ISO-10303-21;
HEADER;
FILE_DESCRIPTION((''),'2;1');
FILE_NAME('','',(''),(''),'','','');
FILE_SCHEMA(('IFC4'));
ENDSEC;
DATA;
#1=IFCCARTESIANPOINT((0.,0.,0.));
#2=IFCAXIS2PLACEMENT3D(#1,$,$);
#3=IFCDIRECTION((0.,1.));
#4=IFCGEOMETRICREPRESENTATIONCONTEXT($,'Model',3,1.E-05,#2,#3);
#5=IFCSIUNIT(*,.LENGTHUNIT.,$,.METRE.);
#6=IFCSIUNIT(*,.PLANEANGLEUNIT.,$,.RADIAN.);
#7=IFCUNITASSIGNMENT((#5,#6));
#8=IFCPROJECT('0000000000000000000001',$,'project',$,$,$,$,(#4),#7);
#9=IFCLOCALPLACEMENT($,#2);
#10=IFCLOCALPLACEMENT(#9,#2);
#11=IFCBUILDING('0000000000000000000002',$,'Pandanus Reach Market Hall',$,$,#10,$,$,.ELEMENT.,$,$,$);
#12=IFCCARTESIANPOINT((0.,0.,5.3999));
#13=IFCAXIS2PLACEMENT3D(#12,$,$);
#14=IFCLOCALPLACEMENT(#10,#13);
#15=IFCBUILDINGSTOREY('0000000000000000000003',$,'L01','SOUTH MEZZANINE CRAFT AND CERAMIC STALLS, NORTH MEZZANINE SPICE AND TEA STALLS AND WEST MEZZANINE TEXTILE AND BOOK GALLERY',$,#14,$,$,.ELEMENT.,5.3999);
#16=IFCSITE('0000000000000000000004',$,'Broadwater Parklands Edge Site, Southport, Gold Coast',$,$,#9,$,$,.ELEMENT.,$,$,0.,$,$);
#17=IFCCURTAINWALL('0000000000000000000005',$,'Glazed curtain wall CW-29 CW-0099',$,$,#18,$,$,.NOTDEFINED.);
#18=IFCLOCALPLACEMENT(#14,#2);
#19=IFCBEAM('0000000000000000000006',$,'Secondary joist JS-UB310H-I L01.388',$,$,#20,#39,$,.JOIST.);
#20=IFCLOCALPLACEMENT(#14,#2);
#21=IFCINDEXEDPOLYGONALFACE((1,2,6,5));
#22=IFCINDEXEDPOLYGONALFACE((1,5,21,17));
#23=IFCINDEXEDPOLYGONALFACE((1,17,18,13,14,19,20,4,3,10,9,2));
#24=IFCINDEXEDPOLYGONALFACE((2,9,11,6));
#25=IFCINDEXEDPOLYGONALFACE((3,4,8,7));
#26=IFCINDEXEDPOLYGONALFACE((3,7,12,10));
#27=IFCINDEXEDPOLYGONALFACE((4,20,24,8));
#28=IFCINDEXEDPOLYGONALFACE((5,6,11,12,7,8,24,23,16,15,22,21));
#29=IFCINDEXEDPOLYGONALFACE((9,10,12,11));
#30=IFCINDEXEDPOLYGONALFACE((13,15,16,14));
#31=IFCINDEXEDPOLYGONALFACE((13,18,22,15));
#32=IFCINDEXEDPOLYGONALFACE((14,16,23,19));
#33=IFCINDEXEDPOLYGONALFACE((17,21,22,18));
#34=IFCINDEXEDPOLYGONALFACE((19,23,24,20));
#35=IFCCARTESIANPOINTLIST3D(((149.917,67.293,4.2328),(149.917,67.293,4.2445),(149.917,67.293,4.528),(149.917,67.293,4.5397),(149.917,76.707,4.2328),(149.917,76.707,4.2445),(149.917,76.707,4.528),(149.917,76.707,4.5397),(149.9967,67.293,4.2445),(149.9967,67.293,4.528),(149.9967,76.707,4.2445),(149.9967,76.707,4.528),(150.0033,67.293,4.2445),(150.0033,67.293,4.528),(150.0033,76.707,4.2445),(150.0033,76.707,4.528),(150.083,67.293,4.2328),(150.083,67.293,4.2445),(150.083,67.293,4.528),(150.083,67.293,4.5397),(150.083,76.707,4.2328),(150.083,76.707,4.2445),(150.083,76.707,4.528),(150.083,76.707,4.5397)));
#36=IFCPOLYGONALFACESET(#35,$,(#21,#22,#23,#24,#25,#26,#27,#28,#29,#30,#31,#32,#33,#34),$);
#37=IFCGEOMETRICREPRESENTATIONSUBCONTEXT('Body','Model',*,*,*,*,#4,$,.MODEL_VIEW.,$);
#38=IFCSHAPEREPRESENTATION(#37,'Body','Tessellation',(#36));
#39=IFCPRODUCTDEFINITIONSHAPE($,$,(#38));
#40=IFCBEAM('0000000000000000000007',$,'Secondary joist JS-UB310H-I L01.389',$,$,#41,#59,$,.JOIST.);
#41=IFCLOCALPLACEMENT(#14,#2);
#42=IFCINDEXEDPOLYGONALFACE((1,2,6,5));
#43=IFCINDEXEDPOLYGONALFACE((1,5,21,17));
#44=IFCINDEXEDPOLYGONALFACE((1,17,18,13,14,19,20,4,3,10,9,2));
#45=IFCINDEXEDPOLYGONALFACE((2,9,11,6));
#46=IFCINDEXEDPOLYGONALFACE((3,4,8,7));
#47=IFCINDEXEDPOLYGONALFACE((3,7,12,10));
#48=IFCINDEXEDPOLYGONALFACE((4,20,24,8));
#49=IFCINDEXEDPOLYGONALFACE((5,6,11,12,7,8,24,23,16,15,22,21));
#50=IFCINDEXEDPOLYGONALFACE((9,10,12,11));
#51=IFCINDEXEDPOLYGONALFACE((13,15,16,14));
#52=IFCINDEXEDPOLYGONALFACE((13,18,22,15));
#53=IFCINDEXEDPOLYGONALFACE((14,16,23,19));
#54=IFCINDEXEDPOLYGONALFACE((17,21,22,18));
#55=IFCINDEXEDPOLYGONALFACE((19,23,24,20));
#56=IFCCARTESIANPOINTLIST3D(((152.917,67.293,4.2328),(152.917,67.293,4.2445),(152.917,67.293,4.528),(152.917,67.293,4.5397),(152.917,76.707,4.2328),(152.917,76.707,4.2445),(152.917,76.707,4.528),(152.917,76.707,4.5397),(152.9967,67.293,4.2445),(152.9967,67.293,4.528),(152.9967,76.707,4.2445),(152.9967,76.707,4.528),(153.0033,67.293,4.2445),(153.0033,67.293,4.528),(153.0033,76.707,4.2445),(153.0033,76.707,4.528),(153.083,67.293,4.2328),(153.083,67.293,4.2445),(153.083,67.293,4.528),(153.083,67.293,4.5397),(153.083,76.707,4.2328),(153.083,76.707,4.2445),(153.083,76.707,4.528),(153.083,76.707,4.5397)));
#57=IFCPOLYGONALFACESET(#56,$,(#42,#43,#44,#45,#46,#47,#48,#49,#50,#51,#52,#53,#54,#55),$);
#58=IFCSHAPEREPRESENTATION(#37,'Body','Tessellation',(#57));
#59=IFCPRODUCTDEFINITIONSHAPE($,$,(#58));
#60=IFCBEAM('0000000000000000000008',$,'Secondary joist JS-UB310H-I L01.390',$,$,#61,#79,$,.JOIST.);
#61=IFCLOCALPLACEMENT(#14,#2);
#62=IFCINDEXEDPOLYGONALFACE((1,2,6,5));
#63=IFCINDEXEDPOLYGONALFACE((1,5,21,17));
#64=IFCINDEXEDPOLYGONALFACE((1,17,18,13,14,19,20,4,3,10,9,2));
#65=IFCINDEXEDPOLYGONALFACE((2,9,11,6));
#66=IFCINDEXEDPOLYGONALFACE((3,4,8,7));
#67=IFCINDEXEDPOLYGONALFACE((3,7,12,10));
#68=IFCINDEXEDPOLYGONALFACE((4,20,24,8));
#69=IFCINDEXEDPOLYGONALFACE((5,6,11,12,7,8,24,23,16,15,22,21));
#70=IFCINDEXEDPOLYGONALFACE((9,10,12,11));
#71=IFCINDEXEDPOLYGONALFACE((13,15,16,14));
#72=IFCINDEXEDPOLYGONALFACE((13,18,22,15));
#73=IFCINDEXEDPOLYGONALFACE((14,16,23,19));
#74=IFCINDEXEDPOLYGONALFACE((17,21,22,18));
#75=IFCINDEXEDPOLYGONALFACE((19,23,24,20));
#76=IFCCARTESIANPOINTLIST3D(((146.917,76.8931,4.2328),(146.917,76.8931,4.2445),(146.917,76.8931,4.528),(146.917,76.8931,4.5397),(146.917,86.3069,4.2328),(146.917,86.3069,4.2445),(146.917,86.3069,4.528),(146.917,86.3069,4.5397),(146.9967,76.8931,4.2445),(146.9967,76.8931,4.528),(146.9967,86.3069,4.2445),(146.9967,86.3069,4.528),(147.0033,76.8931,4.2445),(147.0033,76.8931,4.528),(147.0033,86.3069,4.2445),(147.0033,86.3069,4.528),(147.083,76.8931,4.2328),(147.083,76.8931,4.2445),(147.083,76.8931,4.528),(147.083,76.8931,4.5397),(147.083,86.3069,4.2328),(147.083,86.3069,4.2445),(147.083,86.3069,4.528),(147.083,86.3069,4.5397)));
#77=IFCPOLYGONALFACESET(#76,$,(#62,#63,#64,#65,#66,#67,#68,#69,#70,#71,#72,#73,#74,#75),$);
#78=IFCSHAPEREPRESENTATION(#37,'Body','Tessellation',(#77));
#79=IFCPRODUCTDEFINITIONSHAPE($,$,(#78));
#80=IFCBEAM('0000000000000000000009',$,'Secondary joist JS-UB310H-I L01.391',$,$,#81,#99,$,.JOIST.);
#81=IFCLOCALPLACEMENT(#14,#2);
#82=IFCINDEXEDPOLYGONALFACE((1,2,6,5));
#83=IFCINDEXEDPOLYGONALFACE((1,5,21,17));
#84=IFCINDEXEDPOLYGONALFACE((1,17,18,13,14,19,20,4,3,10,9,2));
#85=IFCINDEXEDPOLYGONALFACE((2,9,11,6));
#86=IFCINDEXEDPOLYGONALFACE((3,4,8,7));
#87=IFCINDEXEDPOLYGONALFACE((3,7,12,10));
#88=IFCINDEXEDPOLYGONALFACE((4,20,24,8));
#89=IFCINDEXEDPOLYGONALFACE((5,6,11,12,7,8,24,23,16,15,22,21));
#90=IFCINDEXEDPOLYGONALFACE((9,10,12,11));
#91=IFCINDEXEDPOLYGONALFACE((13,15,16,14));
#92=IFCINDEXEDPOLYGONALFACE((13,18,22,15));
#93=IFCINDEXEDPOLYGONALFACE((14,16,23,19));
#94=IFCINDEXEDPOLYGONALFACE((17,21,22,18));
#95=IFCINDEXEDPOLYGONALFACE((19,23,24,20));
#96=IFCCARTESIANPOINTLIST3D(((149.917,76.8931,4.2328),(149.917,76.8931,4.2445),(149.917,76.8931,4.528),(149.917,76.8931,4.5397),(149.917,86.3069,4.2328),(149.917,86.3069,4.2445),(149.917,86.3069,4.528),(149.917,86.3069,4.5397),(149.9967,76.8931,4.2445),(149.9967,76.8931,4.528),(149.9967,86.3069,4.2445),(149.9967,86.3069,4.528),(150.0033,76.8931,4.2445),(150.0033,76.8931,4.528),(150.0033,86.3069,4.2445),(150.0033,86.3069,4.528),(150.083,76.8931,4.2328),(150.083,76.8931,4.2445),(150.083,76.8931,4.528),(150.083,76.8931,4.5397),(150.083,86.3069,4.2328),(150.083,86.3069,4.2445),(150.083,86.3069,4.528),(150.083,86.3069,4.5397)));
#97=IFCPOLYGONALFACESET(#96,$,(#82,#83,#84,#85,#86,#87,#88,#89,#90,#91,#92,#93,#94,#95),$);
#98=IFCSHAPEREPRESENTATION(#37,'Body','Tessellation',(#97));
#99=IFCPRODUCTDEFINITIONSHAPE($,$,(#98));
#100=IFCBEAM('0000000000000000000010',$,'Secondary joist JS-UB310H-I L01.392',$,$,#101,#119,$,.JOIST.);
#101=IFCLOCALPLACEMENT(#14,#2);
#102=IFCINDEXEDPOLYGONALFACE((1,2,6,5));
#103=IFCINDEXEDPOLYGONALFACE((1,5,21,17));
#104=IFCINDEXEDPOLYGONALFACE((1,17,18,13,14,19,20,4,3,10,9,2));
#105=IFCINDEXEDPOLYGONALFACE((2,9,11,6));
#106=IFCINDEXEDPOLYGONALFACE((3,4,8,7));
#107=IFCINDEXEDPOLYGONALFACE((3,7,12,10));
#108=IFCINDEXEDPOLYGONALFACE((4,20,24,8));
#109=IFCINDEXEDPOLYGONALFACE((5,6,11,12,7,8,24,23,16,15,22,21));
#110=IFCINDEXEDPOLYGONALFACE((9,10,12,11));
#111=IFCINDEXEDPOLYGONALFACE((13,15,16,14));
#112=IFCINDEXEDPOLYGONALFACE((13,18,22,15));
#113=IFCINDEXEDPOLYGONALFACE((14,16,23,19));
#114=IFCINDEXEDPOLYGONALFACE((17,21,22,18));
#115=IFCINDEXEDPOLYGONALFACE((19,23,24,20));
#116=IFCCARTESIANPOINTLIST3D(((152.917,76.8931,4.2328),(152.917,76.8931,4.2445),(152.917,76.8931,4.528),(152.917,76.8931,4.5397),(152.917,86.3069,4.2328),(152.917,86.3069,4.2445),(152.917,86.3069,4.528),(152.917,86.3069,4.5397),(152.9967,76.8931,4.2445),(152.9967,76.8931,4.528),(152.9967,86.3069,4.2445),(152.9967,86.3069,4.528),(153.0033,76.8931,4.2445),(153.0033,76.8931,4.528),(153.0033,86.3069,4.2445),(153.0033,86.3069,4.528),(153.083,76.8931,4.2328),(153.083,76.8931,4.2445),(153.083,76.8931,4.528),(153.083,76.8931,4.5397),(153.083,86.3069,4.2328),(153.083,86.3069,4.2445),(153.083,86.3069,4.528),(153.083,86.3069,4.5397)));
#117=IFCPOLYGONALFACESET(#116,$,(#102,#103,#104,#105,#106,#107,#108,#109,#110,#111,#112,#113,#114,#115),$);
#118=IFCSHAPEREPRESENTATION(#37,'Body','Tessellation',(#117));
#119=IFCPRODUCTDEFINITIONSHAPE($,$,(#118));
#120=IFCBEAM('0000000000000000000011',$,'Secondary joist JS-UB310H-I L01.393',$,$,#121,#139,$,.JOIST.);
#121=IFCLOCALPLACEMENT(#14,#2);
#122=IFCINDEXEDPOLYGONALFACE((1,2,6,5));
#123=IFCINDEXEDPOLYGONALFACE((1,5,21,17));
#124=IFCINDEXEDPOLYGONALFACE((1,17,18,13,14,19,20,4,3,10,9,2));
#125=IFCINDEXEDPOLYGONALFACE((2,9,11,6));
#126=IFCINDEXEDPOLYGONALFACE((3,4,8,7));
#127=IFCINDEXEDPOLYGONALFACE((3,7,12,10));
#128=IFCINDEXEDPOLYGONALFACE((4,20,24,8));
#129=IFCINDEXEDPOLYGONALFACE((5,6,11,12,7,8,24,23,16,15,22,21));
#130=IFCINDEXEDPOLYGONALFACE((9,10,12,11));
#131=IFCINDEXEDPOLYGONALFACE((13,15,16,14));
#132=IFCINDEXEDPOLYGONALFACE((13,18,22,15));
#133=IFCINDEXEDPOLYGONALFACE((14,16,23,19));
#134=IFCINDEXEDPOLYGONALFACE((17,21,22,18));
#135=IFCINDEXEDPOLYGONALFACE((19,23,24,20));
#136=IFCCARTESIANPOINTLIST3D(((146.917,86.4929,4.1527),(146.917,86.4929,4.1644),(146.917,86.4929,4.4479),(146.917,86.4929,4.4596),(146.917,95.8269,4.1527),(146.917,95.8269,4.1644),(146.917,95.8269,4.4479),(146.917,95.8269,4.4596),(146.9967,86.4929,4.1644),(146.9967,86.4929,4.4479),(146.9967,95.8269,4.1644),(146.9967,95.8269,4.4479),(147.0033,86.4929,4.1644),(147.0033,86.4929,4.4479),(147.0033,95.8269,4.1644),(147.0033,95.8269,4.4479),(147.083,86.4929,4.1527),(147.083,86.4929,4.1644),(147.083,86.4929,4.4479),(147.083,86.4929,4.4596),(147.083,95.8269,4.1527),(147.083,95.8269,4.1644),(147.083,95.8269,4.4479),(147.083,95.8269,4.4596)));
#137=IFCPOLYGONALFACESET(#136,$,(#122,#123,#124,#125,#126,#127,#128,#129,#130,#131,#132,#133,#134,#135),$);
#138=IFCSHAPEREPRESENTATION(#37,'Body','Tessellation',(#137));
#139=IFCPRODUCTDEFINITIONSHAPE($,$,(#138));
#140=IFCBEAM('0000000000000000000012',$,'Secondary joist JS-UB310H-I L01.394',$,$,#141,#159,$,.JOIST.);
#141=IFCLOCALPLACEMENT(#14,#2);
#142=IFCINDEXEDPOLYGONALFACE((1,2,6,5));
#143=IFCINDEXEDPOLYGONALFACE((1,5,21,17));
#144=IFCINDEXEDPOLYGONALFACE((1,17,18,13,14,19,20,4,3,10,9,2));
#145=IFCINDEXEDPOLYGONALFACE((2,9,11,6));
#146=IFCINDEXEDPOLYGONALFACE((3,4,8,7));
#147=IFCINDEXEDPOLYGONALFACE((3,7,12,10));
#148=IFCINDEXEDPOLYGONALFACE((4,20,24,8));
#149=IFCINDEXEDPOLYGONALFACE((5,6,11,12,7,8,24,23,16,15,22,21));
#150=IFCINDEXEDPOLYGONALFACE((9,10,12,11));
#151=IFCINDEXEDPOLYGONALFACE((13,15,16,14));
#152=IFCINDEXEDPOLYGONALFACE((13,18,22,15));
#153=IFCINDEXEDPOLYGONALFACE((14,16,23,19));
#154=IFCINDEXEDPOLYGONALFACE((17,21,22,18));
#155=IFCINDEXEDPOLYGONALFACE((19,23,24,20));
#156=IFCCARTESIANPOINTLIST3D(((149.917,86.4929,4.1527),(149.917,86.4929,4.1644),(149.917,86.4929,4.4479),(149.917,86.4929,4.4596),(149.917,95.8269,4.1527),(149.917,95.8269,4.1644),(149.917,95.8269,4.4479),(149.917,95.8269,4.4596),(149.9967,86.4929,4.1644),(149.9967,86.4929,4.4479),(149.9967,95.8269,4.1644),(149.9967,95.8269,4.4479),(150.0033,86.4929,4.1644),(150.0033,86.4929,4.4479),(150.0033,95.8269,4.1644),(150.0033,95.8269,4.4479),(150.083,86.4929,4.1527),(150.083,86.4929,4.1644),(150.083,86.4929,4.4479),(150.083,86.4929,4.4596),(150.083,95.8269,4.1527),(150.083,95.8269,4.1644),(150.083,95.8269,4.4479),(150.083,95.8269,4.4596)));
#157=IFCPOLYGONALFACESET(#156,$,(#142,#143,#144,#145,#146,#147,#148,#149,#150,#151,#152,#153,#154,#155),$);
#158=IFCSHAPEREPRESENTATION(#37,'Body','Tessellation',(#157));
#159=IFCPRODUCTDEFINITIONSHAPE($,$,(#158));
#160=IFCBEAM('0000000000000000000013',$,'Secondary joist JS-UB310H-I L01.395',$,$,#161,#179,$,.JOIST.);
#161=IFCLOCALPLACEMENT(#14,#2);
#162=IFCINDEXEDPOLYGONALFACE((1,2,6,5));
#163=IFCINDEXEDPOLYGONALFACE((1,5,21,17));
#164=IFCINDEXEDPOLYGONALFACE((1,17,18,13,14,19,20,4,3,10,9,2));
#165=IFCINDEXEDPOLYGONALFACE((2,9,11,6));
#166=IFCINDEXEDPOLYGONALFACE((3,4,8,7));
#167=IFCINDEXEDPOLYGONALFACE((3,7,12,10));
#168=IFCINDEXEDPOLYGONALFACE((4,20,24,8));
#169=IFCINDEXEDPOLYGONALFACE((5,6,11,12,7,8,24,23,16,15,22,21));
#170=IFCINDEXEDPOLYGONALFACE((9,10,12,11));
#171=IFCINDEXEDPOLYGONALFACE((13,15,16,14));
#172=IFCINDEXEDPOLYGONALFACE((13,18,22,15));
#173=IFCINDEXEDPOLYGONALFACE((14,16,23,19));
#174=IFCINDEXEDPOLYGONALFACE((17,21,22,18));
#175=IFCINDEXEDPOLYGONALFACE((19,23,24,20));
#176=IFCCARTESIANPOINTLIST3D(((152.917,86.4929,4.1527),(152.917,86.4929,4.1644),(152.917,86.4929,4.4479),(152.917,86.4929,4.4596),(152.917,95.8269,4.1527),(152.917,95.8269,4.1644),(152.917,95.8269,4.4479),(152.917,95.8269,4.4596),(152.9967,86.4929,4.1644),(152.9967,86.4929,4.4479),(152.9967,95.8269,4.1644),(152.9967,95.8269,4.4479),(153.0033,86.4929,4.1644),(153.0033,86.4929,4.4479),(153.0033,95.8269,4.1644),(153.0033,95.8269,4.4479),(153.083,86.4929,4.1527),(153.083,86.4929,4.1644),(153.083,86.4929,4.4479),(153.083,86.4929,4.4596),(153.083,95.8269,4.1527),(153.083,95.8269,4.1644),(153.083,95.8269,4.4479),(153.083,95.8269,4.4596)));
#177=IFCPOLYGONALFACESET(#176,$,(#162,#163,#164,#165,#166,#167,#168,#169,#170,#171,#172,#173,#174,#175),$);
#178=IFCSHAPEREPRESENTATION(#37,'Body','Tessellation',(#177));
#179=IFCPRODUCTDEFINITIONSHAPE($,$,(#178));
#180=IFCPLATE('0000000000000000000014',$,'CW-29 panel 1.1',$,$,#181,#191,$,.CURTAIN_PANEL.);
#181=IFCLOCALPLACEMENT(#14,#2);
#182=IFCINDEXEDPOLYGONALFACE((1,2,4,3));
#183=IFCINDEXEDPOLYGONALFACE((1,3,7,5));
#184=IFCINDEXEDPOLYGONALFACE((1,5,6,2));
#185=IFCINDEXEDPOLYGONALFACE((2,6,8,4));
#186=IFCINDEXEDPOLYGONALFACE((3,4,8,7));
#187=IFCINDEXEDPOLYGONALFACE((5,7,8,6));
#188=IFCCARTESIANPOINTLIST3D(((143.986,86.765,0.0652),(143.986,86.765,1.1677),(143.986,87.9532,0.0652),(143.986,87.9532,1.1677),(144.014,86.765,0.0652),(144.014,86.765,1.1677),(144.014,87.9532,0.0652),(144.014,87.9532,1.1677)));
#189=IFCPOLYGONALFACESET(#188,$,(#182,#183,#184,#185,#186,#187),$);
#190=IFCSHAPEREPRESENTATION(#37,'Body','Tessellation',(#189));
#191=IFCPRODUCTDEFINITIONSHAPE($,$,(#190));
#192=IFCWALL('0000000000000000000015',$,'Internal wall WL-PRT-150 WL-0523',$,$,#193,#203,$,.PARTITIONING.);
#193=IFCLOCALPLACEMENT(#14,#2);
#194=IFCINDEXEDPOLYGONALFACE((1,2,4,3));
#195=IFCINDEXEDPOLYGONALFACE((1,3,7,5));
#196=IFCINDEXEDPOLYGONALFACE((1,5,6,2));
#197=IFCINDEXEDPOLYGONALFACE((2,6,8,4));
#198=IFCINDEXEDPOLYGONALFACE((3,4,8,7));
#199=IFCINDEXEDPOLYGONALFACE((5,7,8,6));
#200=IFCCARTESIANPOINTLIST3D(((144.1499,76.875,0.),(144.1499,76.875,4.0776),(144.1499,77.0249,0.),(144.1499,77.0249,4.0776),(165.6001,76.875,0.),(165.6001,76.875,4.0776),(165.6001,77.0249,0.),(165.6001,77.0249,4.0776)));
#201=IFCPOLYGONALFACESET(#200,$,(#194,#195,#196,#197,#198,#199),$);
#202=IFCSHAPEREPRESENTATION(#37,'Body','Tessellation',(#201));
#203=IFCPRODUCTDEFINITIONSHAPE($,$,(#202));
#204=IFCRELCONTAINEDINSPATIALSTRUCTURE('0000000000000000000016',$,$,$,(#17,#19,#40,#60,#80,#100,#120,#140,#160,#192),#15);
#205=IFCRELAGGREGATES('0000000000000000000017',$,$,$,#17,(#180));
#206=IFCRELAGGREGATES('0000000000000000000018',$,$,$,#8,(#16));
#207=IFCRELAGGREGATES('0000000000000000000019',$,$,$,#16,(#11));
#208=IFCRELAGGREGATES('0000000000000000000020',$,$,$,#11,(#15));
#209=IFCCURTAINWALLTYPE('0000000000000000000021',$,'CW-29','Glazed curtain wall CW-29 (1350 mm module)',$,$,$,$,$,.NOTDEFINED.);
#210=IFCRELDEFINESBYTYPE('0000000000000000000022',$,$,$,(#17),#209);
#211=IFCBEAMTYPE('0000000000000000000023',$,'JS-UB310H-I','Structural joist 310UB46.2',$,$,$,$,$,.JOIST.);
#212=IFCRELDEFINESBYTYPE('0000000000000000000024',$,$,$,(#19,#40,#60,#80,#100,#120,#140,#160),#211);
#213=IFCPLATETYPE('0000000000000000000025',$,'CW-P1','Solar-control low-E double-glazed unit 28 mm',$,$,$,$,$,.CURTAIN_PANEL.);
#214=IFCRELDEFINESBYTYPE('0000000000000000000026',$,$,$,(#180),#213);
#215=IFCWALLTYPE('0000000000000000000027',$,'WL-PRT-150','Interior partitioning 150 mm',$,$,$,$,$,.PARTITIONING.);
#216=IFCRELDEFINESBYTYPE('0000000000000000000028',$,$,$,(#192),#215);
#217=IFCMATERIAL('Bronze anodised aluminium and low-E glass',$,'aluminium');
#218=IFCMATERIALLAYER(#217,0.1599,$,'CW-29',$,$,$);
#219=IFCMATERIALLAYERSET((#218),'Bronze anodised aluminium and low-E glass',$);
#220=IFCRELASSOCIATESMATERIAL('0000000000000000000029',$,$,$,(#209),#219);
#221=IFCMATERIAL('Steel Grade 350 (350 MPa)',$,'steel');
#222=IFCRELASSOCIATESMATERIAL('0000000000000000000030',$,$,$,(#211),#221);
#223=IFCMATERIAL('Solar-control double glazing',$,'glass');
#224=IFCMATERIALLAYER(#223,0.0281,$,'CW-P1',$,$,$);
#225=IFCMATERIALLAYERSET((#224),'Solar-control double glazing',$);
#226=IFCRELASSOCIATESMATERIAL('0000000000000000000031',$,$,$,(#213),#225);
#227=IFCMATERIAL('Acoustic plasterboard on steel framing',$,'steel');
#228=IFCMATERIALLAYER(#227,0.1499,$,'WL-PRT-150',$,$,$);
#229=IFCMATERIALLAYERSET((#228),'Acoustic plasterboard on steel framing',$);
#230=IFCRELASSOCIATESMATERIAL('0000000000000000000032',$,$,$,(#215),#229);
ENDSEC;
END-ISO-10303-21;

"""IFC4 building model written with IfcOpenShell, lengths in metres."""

from ifc_helpers import new_model, si_unit, direction, frame, frame_2d, origin, origin_2d, place, context, subcontext, project, spatial, rectangle, i_section, extrude, material, layer, layer_set, material_profile, profile_set, type_object, element, aggregate, save


model = new_model("IFC4")

# Units and contexts
model_context = context("Model", 3, precision=1e-05, world=origin(), true_north=direction((0.0, 1.0)))
body_context = subcontext(model_context, "Body", "Model", "MODEL_VIEW")
ifc_project = project(units=[si_unit("LENGTHUNIT", "METRE"), si_unit("PLANEANGLEUNIT", "RADIAN")], contexts=[model_context])

# Site, building, storey
site_placement = place(None, origin())
site = spatial("IfcSite", under=ifc_project, at=site_placement, Name="Broadwater Parklands Edge Site, Southport, Gold Coast", CompositionType="ELEMENT", RefElevation=0.0)
building_placement = place(site_placement, origin())
building = spatial("IfcBuilding", under=site, at=building_placement, Name="Pandanus Reach Market Hall", CompositionType="ELEMENT")
storey_placement = place(building_placement, frame((0.0, 0.0, 5.3999)))
storey = spatial("IfcBuildingStorey", under=building, at=storey_placement, Name="L01", Description="SOUTH MEZZANINE CRAFT AND CERAMIC STALLS, NORTH MEZZANINE SPICE AND TEA STALLS AND WEST MEZZANINE TEXTILE AND BOOK GALLERY", CompositionType="ELEMENT", Elevation=5.3999)

# Shared definitions
ifc_material_1 = material(Name="Steel Grade 350 (350 MPa)", Category="steel")

# Curtain wall
ifc_material_2 = material(Name="Bronze anodised aluminium and low-E glass", Category="aluminium")
ifc_layer_1 = layer(ifc_material_2, 0.1599, Name="CW-29")
ifc_layer_set_1 = layer_set([ifc_layer_1], Name="Bronze anodised aluminium and low-E glass")
curtain_wall_type = type_object("IfcCurtainWallType", Name="CW-29", Description="Glazed curtain wall CW-29 (1350 mm module)", PredefinedType="NOTDEFINED", material=ifc_layer_set_1)
curtain_wall_placement = place(storey_placement, origin())
curtain_wall = element("IfcCurtainWall", 1, at=curtain_wall_placement, inside=storey, type_object=curtain_wall_type, Name="Glazed curtain wall CW-29 CW-0099", PredefinedType="NOTDEFINED")

# Beams
ifc_material_profile_1 = material_profile(ifc_material_1, i_section(OverallWidth=0.166, OverallDepth=0.3069, WebThickness=0.0066, FlangeThickness=0.0117, at=origin_2d()), Name="310UB46.2", Category="LoadBearing")
ifc_profile_set_1 = profile_set([ifc_material_profile_1], Name="Steel Grade 350 (350 MPa)")
beam_type_1 = type_object("IfcBeamType", Name="JS-UB310H-I", Description="Structural joist 310UB46.2", PredefinedType="JOIST", material=ifc_profile_set_1)
for number, where, z_axis, x_axis, name in (
    (2, (150.0, 67.293, 4.3862), (0.0, 1.0, 0.0), (-1.0, 0.0, 0.0), "Secondary joist JS-UB310H-I L01.388"),
    (3, (153.0, 67.293, 4.3862), (0.0, 1.0, 0.0), (-1.0, 0.0, 0.0), "Secondary joist JS-UB310H-I L01.389"),
):
    element("IfcBeam", number, at=place(storey_placement, frame(where, z_axis=z_axis, x_axis=x_axis)), inside=storey, type_object=beam_type_1, Name=name, PredefinedType="JOIST", context=body_context, shape_type="SweptSolid", body=[
        extrude(i_section(OverallWidth=0.166, OverallDepth=0.3069, WebThickness=0.0066, FlangeThickness=0.0117, at=origin_2d()), origin(), (0.0, 0.0, 1.0), 9.4141),
    ])
for number, where, z_axis, x_axis, name in (
    (4, (147.0, 76.8931, 4.3862), (0.0, 1.0, 0.0), (-1.0, 0.0, 0.0), "Secondary joist JS-UB310H-I L01.390"),
    (5, (150.0, 76.8931, 4.3862), (0.0, 1.0, 0.0), (-1.0, 0.0, 0.0), "Secondary joist JS-UB310H-I L01.391"),
    (6, (153.0, 76.8931, 4.3862), (0.0, 1.0, 0.0), (-1.0, 0.0, 0.0), "Secondary joist JS-UB310H-I L01.392"),
):
    element("IfcBeam", number, at=place(storey_placement, frame(where, z_axis=z_axis, x_axis=x_axis)), inside=storey, type_object=beam_type_1, Name=name, PredefinedType="JOIST", context=body_context, shape_type="SweptSolid", body=[
        extrude(i_section(OverallWidth=0.166, OverallDepth=0.3069, WebThickness=0.0066, FlangeThickness=0.0117, at=origin_2d()), origin(), (0.0, 0.0, 1.0), 9.4138),
    ])
for number, where, z_axis, x_axis, name in (
    (7, (147.0, 86.4929, 4.3062), (0.0, 1.0, 0.0), (-1.0, 0.0, 0.0), "Secondary joist JS-UB310H-I L01.393"),
    (8, (150.0, 86.4929, 4.3062), (0.0, 1.0, 0.0), (-1.0, 0.0, 0.0), "Secondary joist JS-UB310H-I L01.394"),
    (9, (153.0, 86.4929, 4.3062), (0.0, 1.0, 0.0), (-1.0, 0.0, 0.0), "Secondary joist JS-UB310H-I L01.395"),
):
    element("IfcBeam", number, at=place(storey_placement, frame(where, z_axis=z_axis, x_axis=x_axis)), inside=storey, type_object=beam_type_1, Name=name, PredefinedType="JOIST", context=body_context, shape_type="SweptSolid", body=[
        extrude(i_section(OverallWidth=0.166, OverallDepth=0.3069, WebThickness=0.0066, FlangeThickness=0.0117, at=origin_2d()), origin(), (0.0, 0.0, 1.0), 9.334),
    ])

# Plate
ifc_material_3 = material(Name="Solar-control double glazing", Category="glass")
ifc_layer_2 = layer(ifc_material_3, 0.0281, Name="CW-P1")
ifc_layer_set_2 = layer_set([ifc_layer_2], Name="Solar-control double glazing")
plate_type = type_object("IfcPlateType", Name="CW-P1", Description="Solar-control low-E double-glazed unit 28 mm", PredefinedType="CURTAIN_PANEL", material=ifc_layer_set_2)
plate_placement = place(storey_placement, frame((144.0, 87.3591, 0.0652), z_axis=(0.0, 0.0, 1.0), x_axis=(0.0, 1.0, 0.0)))
plate = element("IfcPlate", 10, at=plate_placement, type_object=plate_type, Name="CW-29 panel 1.1", PredefinedType="CURTAIN_PANEL", context=body_context, shape_type="SweptSolid", body=[
    extrude(rectangle(XDim=1.1882, YDim=0.0281, at=origin_2d()), origin(), (0.0, 0.0, 1.0), 1.1025),
])
aggregate(curtain_wall, [plate])

# Wall
ifc_material_4 = material(Name="Acoustic plasterboard on steel framing", Category="steel")
ifc_layer_3 = layer(ifc_material_4, 0.1499, Name="WL-PRT-150")
ifc_layer_set_3 = layer_set([ifc_layer_3], Name="Acoustic plasterboard on steel framing")
wall_type = type_object("IfcWallType", Name="WL-PRT-150", Description="Interior partitioning 150 mm", PredefinedType="PARTITIONING", material=ifc_layer_set_3)
wall_placement = place(storey_placement, frame((144.1499, 76.95, 0.0), z_axis=(0.0, 0.0, 1.0), x_axis=(1.0, 0.0, 0.0)))
element("IfcWall", 11, at=wall_placement, inside=storey, type_object=wall_type, Name="Internal wall WL-PRT-150 WL-0523", PredefinedType="PARTITIONING", context=body_context, shape_type="SweptSolid", body=[
    extrude(rectangle(XDim=21.4502, YDim=0.1499, at=frame_2d((10.7251, 0.0))), origin(), (0.0, 0.0, 1.0), 4.0776),
])

save(model, "model.ifc")
